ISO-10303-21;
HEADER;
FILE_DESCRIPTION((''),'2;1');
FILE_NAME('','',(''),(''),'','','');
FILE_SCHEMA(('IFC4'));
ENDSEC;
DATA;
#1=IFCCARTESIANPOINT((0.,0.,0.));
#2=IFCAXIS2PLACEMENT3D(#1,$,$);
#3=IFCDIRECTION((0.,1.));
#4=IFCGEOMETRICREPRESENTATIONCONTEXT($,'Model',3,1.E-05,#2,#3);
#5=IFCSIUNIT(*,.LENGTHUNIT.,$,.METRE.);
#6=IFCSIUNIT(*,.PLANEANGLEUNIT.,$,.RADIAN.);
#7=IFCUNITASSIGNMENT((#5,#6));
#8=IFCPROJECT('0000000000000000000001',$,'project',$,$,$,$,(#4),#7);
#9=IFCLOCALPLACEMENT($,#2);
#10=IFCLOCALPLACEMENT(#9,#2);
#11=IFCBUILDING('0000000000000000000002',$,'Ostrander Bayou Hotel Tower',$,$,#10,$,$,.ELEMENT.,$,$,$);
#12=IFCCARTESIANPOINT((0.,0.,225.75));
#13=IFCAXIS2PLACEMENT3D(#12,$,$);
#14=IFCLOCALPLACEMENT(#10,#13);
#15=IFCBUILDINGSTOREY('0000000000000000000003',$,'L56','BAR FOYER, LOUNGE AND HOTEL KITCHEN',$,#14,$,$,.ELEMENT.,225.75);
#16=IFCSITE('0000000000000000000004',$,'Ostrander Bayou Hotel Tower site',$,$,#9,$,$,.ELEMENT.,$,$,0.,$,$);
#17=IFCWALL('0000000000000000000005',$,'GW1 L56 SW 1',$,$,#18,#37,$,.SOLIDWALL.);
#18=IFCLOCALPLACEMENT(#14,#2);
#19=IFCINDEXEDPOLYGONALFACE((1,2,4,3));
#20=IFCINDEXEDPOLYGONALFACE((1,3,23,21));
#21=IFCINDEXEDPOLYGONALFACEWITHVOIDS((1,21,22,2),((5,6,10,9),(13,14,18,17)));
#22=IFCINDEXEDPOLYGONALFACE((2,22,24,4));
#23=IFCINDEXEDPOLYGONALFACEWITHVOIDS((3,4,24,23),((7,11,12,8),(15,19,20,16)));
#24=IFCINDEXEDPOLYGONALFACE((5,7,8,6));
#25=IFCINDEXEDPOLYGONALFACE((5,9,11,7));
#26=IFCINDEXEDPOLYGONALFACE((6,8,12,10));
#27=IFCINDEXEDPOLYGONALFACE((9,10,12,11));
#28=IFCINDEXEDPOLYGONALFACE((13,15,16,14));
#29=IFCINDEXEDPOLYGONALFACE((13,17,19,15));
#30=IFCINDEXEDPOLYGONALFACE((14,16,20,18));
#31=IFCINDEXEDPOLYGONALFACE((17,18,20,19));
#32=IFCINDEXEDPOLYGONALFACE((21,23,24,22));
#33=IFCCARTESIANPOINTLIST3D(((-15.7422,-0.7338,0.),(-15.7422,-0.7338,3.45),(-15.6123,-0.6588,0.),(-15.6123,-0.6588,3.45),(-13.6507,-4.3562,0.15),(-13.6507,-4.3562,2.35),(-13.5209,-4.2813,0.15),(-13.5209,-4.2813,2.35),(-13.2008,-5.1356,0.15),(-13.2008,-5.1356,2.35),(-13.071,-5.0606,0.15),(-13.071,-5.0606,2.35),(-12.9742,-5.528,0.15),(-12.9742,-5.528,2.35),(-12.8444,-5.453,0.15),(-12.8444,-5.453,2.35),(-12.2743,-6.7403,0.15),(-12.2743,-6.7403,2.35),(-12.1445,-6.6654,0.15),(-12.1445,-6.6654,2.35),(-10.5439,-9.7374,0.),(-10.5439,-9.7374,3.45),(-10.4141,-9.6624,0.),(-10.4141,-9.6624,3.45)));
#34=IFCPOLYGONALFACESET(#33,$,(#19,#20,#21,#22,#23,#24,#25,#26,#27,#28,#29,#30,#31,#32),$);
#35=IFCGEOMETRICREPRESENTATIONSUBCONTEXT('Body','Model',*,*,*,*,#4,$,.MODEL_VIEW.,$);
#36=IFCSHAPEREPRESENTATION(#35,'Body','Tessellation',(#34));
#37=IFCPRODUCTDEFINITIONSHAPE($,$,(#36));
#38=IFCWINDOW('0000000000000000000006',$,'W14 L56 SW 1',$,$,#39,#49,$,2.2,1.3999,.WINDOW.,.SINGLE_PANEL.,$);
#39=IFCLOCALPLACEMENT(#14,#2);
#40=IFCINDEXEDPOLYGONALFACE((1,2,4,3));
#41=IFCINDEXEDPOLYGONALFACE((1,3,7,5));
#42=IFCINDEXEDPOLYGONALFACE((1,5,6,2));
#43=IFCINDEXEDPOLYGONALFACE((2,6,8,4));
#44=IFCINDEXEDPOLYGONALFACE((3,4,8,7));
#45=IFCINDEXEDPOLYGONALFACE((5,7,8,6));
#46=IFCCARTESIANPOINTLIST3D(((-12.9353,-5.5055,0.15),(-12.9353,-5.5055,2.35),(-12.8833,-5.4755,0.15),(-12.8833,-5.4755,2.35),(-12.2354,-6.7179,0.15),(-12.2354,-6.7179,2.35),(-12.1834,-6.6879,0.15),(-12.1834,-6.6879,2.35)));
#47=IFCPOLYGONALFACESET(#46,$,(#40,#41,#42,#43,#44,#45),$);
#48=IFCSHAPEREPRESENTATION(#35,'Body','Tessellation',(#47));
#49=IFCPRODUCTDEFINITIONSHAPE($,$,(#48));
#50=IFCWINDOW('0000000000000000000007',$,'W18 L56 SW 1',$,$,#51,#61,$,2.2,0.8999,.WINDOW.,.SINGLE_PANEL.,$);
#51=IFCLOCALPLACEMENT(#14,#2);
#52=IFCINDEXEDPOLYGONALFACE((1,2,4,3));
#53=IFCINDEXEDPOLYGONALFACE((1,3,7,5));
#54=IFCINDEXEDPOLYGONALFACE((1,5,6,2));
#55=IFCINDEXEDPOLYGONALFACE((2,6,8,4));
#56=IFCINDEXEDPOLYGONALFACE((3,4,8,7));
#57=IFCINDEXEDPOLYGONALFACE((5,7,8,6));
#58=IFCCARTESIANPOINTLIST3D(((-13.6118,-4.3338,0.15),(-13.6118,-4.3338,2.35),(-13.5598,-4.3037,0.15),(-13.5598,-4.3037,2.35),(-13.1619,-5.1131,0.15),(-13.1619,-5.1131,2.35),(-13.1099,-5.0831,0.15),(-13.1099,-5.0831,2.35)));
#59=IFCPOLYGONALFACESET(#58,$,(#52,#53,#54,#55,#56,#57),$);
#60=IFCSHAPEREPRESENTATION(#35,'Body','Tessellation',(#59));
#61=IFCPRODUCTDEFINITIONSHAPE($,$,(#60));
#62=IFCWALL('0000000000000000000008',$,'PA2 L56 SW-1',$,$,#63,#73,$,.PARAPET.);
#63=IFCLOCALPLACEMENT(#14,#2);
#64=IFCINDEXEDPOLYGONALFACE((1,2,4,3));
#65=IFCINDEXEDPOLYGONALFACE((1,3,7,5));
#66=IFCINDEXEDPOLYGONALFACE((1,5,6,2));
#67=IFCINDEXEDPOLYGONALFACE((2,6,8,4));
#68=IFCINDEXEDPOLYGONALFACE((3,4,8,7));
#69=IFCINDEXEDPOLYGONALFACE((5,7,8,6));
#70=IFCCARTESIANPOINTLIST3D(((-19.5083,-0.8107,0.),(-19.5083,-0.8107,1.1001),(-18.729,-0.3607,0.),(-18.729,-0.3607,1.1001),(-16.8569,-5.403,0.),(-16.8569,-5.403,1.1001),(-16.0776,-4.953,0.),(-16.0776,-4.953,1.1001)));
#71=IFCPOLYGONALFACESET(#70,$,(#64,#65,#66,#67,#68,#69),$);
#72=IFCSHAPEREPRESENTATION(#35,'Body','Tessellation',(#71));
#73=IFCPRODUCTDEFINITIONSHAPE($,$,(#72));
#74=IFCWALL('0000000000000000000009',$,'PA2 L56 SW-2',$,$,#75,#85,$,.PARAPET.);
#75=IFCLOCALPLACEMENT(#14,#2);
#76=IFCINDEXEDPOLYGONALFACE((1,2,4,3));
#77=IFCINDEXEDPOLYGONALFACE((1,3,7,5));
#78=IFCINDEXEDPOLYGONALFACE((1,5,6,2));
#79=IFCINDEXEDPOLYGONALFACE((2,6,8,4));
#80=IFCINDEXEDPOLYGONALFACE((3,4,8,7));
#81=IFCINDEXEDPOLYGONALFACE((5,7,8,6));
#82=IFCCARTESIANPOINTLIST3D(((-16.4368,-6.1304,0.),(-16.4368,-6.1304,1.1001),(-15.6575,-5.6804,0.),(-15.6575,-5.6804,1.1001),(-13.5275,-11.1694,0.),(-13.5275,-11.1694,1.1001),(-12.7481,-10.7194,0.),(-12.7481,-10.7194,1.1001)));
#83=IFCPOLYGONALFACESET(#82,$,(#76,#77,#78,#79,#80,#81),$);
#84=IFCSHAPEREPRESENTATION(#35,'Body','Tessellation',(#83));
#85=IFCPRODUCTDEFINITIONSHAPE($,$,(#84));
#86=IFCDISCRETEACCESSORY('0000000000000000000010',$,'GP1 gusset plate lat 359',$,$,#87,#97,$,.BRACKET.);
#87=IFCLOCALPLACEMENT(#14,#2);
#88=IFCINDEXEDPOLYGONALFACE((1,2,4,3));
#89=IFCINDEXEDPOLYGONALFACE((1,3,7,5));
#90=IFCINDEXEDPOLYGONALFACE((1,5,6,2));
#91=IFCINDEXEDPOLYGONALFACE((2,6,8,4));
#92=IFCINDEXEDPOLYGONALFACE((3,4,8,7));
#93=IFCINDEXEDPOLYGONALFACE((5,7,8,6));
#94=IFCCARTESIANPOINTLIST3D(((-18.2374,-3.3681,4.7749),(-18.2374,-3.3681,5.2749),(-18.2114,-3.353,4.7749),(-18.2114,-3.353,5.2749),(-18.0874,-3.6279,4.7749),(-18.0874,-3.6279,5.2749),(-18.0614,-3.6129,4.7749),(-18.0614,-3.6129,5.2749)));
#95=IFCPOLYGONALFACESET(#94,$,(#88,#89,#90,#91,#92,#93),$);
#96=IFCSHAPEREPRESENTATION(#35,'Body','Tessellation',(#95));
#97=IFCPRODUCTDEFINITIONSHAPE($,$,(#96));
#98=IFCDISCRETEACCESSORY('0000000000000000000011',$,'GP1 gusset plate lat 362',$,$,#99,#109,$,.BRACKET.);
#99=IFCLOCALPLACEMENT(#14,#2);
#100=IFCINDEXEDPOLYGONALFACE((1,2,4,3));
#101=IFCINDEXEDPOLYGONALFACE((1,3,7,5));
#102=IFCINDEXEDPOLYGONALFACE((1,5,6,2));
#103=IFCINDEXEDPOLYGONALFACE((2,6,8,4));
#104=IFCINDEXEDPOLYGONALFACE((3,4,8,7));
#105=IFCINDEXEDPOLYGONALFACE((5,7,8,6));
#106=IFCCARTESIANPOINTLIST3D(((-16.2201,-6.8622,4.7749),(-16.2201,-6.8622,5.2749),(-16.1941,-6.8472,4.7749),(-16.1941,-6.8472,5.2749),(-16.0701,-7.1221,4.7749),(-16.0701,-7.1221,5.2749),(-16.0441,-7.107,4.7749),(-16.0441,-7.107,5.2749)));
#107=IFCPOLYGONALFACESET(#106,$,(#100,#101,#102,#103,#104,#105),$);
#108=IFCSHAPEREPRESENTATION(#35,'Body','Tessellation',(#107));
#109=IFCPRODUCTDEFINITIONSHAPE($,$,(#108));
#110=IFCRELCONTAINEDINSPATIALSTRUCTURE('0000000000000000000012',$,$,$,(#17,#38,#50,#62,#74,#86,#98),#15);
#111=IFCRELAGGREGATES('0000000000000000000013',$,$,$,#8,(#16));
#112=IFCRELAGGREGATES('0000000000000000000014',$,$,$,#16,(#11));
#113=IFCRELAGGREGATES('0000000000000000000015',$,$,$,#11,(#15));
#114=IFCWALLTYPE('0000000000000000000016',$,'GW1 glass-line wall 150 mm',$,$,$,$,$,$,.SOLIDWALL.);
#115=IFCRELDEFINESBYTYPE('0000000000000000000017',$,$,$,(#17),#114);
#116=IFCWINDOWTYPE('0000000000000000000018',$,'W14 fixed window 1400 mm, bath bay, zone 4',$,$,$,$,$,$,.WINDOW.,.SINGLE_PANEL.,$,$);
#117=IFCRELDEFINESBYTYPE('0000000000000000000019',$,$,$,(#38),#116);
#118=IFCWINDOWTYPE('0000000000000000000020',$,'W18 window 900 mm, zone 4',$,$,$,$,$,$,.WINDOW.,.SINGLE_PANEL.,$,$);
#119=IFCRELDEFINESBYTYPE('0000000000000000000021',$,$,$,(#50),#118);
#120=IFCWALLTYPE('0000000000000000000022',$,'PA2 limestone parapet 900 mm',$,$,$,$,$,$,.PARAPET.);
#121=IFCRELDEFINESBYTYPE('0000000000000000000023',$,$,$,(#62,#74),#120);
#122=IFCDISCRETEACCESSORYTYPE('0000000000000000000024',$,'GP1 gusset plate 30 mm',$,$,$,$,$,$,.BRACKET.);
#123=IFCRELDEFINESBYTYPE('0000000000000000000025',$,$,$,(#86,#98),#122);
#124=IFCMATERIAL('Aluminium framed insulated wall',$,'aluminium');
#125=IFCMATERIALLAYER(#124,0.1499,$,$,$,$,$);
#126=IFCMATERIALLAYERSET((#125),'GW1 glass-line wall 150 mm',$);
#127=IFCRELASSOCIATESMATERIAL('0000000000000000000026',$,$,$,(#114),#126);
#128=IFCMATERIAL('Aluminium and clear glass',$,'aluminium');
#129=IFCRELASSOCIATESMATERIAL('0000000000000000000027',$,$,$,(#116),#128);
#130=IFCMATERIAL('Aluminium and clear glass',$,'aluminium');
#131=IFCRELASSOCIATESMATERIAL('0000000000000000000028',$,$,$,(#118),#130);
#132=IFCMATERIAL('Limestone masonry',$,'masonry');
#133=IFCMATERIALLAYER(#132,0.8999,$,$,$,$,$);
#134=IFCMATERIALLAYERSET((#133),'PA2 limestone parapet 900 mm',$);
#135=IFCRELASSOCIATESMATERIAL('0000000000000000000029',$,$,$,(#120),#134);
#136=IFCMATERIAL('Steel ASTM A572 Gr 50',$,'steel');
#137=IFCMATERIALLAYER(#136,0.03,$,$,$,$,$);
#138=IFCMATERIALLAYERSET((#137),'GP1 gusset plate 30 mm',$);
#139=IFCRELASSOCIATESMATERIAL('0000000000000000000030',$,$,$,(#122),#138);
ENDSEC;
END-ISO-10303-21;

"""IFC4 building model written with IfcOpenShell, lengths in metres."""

from ifc_helpers import new_model, si_unit, direction, frame, frame_2d, origin, origin_2d, place, context, subcontext, project, spatial, rectangle, extrude, material, layer, layer_set, type_object, element, fill, save


model = new_model("IFC4")

# Units and contexts
model_context = context("Model", 3, precision=1e-05, world=origin(), true_north=direction((0.0, 1.0)))
body_context = subcontext(model_context, "Body", "Model", "MODEL_VIEW")
ifc_project = project(units=[si_unit("LENGTHUNIT", "METRE"), si_unit("PLANEANGLEUNIT", "RADIAN")], contexts=[model_context])

# Site, building, storey
site_placement = place(None, origin())
site = spatial("IfcSite", under=ifc_project, at=site_placement, Name="Ostrander Bayou Hotel Tower site", CompositionType="ELEMENT", RefElevation=0.0)
building_placement = place(site_placement, origin())
building = spatial("IfcBuilding", under=site, at=building_placement, Name="Ostrander Bayou Hotel Tower", CompositionType="ELEMENT")
storey_placement = place(building_placement, frame((0.0, 0.0, 225.75)))
storey = spatial("IfcBuildingStorey", under=building, at=storey_placement, Name="L56", Description="BAR FOYER, LOUNGE AND HOTEL KITCHEN", CompositionType="ELEMENT", Elevation=225.75)

# Wall, openings, windows
ifc_material_1 = material(Name="Aluminium framed insulated wall", Category="aluminium")
ifc_layer_1 = layer(ifc_material_1, 0.1499)
ifc_layer_set_1 = layer_set([ifc_layer_1], Name="GW1 glass-line wall 150 mm")
wall_type_1 = type_object("IfcWallType", Name="GW1 glass-line wall 150 mm", PredefinedType="SOLIDWALL", material=ifc_layer_set_1)
wall_1_placement = place(storey_placement, frame((-15.6772, -0.6963, 0.0), z_axis=(0.0, 0.0, 1.0), x_axis=(0.499998, -0.866026, 0.0)))
wall_1 = element("IfcWall", 1, at=wall_1_placement, inside=storey, type_object=wall_type_1, Name="GW1 L56 SW 1", PredefinedType="SOLIDWALL", context=body_context, shape_type="SweptSolid", body=[
    extrude(rectangle(XDim=10.3965, YDim=0.1499, at=frame_2d((5.1982, 0.0))), origin(), (0.0, 0.0, 1.0), 3.45),
])
opening_1_placement = place(wall_1_placement, frame((4.1829, 0.0, 0.1499)))
opening_1 = element("IfcOpeningElement", 2, at=opening_1_placement, cuts=wall_1, PredefinedType="OPENING", context=body_context, shape_type="SweptSolid", body=[
    extrude(rectangle(XDim=0.8999, YDim=2.2, at=frame_2d((0.45, 1.1001))), frame((0.0, 0.075, 0.0), z_axis=(0.0, -1.0, 0.0), x_axis=(1.0, 0.0, 0.0)), (0.0, 0.0, 1.0), 0.1499),
])
opening_2_placement = place(wall_1_placement, frame((5.5359, 0.0, 0.1499)))
opening_2 = element("IfcOpeningElement", 3, at=opening_2_placement, cuts=wall_1, PredefinedType="OPENING", context=body_context, shape_type="SweptSolid", body=[
    extrude(rectangle(XDim=1.3999, YDim=2.2, at=frame_2d((0.7, 1.1001))), frame((0.0, 0.075, 0.0), z_axis=(0.0, -1.0, 0.0), x_axis=(1.0, 0.0, 0.0)), (0.0, 0.0, 1.0), 0.1499),
])
ifc_material_2 = material(Name="Aluminium and clear glass", Category="aluminium")
window_type_1 = type_object("IfcWindowType", Name="W14 fixed window 1400 mm, bath bay, zone 4", PartitioningType="SINGLE_PANEL", PredefinedType="WINDOW", material=ifc_material_2)
window_1_placement = place(opening_2_placement, origin())
window_1 = element("IfcWindow", 4, at=window_1_placement, inside=storey, type_object=window_type_1, Name="W14 L56 SW 1", OverallHeight=2.2, OverallWidth=1.3999, PartitioningType="SINGLE_PANEL", PredefinedType="WINDOW", context=body_context, shape_type="SweptSolid", body=[
    extrude(rectangle(XDim=1.3999, YDim=2.2, at=frame_2d((0.7, 1.1001))), frame((0.0, 0.03, 0.0), z_axis=(0.0, -1.0, 0.0), x_axis=(1.0, 0.0, 0.0)), (0.0, 0.0, 1.0), 0.0601),
])
fill(opening_2, window_1)
ifc_material_3 = material(Name="Aluminium and clear glass", Category="aluminium")
window_type_2 = type_object("IfcWindowType", Name="W18 window 900 mm, zone 4", PartitioningType="SINGLE_PANEL", PredefinedType="WINDOW", material=ifc_material_3)
window_2_placement = place(opening_1_placement, origin())
window_2 = element("IfcWindow", 5, at=window_2_placement, inside=storey, type_object=window_type_2, Name="W18 L56 SW 1", OverallHeight=2.2, OverallWidth=0.8999, PartitioningType="SINGLE_PANEL", PredefinedType="WINDOW", context=body_context, shape_type="SweptSolid", body=[
    extrude(rectangle(XDim=0.8999, YDim=2.2, at=frame_2d((0.45, 1.1001))), frame((0.0, 0.03, 0.0), z_axis=(0.0, -1.0, 0.0), x_axis=(1.0, 0.0, 0.0)), (0.0, 0.0, 1.0), 0.0601),
])
fill(opening_1, window_2)

# Walls
ifc_material_4 = material(Name="Limestone masonry", Category="masonry")
ifc_layer_2 = layer(ifc_material_4, 0.8999)
ifc_layer_set_2 = layer_set([ifc_layer_2], Name="PA2 limestone parapet 900 mm")
wall_type_2 = type_object("IfcWallType", Name="PA2 limestone parapet 900 mm", PredefinedType="PARAPET", material=ifc_layer_set_2)
wall_2_placement = place(storey_placement, frame((-19.1187, -0.5857, 0.0), z_axis=(0.0, 0.0, 1.0), x_axis=(0.500001, -0.866025, 0.0)))
element("IfcWall", 6, at=wall_2_placement, inside=storey, type_object=wall_type_2, Name="PA2 L56 SW-1", PredefinedType="PARAPET", context=body_context, shape_type="SweptSolid", body=[
    extrude(rectangle(XDim=5.3027, YDim=0.8999, at=frame_2d((2.6514, 0.0))), origin(), (0.0, 0.0, 1.0), 1.1001),
])
wall_3_placement = place(storey_placement, frame((-16.0471, -5.9055, 0.0), z_axis=(0.0, 0.0, 1.0), x_axis=(0.500015, -0.866016, 0.0)))
element("IfcWall", 7, at=wall_3_placement, inside=storey, type_object=wall_type_2, Name="PA2 L56 SW-2", PredefinedType="PARAPET", context=body_context, shape_type="SweptSolid", body=[
    extrude(rectangle(XDim=5.8186, YDim=0.8999, at=frame_2d((2.9092, 0.0))), origin(), (0.0, 0.0, 1.0), 1.1001),
])

# Discrete accessories
ifc_material_5 = material(Name="Steel ASTM A572 Gr 50", Category="steel")
ifc_layer_3 = layer(ifc_material_5, 0.03)
ifc_layer_set_3 = layer_set([ifc_layer_3], Name="GP1 gusset plate 30 mm")
discrete_accessory_type = type_object("IfcDiscreteAccessoryType", Name="GP1 gusset plate 30 mm", PredefinedType="BRACKET", material=ifc_layer_set_3)
for number, where, z_axis, x_axis, name in (
    (8, (-18.1494, -3.4905, 4.7749), (0.0, 0.0, 1.0), (0.5, -0.866025, 0.0), "GP1 gusset plate lat 359"),
    (9, (-16.1321, -6.9846, 4.7749), (0.0, 0.0, 1.0), (0.5, -0.866025, 0.0), "GP1 gusset plate lat 362"),
):
    element("IfcDiscreteAccessory", number, at=place(storey_placement, frame(where, z_axis=z_axis, x_axis=x_axis)), inside=storey, type_object=discrete_accessory_type, Name=name, PredefinedType="BRACKET", context=body_context, shape_type="SweptSolid", body=[
        extrude(rectangle(XDim=0.3, YDim=0.03, at=origin_2d()), origin(), (0.0, 0.0, 1.0), 0.5),
    ])

save(model, "model.ifc")
